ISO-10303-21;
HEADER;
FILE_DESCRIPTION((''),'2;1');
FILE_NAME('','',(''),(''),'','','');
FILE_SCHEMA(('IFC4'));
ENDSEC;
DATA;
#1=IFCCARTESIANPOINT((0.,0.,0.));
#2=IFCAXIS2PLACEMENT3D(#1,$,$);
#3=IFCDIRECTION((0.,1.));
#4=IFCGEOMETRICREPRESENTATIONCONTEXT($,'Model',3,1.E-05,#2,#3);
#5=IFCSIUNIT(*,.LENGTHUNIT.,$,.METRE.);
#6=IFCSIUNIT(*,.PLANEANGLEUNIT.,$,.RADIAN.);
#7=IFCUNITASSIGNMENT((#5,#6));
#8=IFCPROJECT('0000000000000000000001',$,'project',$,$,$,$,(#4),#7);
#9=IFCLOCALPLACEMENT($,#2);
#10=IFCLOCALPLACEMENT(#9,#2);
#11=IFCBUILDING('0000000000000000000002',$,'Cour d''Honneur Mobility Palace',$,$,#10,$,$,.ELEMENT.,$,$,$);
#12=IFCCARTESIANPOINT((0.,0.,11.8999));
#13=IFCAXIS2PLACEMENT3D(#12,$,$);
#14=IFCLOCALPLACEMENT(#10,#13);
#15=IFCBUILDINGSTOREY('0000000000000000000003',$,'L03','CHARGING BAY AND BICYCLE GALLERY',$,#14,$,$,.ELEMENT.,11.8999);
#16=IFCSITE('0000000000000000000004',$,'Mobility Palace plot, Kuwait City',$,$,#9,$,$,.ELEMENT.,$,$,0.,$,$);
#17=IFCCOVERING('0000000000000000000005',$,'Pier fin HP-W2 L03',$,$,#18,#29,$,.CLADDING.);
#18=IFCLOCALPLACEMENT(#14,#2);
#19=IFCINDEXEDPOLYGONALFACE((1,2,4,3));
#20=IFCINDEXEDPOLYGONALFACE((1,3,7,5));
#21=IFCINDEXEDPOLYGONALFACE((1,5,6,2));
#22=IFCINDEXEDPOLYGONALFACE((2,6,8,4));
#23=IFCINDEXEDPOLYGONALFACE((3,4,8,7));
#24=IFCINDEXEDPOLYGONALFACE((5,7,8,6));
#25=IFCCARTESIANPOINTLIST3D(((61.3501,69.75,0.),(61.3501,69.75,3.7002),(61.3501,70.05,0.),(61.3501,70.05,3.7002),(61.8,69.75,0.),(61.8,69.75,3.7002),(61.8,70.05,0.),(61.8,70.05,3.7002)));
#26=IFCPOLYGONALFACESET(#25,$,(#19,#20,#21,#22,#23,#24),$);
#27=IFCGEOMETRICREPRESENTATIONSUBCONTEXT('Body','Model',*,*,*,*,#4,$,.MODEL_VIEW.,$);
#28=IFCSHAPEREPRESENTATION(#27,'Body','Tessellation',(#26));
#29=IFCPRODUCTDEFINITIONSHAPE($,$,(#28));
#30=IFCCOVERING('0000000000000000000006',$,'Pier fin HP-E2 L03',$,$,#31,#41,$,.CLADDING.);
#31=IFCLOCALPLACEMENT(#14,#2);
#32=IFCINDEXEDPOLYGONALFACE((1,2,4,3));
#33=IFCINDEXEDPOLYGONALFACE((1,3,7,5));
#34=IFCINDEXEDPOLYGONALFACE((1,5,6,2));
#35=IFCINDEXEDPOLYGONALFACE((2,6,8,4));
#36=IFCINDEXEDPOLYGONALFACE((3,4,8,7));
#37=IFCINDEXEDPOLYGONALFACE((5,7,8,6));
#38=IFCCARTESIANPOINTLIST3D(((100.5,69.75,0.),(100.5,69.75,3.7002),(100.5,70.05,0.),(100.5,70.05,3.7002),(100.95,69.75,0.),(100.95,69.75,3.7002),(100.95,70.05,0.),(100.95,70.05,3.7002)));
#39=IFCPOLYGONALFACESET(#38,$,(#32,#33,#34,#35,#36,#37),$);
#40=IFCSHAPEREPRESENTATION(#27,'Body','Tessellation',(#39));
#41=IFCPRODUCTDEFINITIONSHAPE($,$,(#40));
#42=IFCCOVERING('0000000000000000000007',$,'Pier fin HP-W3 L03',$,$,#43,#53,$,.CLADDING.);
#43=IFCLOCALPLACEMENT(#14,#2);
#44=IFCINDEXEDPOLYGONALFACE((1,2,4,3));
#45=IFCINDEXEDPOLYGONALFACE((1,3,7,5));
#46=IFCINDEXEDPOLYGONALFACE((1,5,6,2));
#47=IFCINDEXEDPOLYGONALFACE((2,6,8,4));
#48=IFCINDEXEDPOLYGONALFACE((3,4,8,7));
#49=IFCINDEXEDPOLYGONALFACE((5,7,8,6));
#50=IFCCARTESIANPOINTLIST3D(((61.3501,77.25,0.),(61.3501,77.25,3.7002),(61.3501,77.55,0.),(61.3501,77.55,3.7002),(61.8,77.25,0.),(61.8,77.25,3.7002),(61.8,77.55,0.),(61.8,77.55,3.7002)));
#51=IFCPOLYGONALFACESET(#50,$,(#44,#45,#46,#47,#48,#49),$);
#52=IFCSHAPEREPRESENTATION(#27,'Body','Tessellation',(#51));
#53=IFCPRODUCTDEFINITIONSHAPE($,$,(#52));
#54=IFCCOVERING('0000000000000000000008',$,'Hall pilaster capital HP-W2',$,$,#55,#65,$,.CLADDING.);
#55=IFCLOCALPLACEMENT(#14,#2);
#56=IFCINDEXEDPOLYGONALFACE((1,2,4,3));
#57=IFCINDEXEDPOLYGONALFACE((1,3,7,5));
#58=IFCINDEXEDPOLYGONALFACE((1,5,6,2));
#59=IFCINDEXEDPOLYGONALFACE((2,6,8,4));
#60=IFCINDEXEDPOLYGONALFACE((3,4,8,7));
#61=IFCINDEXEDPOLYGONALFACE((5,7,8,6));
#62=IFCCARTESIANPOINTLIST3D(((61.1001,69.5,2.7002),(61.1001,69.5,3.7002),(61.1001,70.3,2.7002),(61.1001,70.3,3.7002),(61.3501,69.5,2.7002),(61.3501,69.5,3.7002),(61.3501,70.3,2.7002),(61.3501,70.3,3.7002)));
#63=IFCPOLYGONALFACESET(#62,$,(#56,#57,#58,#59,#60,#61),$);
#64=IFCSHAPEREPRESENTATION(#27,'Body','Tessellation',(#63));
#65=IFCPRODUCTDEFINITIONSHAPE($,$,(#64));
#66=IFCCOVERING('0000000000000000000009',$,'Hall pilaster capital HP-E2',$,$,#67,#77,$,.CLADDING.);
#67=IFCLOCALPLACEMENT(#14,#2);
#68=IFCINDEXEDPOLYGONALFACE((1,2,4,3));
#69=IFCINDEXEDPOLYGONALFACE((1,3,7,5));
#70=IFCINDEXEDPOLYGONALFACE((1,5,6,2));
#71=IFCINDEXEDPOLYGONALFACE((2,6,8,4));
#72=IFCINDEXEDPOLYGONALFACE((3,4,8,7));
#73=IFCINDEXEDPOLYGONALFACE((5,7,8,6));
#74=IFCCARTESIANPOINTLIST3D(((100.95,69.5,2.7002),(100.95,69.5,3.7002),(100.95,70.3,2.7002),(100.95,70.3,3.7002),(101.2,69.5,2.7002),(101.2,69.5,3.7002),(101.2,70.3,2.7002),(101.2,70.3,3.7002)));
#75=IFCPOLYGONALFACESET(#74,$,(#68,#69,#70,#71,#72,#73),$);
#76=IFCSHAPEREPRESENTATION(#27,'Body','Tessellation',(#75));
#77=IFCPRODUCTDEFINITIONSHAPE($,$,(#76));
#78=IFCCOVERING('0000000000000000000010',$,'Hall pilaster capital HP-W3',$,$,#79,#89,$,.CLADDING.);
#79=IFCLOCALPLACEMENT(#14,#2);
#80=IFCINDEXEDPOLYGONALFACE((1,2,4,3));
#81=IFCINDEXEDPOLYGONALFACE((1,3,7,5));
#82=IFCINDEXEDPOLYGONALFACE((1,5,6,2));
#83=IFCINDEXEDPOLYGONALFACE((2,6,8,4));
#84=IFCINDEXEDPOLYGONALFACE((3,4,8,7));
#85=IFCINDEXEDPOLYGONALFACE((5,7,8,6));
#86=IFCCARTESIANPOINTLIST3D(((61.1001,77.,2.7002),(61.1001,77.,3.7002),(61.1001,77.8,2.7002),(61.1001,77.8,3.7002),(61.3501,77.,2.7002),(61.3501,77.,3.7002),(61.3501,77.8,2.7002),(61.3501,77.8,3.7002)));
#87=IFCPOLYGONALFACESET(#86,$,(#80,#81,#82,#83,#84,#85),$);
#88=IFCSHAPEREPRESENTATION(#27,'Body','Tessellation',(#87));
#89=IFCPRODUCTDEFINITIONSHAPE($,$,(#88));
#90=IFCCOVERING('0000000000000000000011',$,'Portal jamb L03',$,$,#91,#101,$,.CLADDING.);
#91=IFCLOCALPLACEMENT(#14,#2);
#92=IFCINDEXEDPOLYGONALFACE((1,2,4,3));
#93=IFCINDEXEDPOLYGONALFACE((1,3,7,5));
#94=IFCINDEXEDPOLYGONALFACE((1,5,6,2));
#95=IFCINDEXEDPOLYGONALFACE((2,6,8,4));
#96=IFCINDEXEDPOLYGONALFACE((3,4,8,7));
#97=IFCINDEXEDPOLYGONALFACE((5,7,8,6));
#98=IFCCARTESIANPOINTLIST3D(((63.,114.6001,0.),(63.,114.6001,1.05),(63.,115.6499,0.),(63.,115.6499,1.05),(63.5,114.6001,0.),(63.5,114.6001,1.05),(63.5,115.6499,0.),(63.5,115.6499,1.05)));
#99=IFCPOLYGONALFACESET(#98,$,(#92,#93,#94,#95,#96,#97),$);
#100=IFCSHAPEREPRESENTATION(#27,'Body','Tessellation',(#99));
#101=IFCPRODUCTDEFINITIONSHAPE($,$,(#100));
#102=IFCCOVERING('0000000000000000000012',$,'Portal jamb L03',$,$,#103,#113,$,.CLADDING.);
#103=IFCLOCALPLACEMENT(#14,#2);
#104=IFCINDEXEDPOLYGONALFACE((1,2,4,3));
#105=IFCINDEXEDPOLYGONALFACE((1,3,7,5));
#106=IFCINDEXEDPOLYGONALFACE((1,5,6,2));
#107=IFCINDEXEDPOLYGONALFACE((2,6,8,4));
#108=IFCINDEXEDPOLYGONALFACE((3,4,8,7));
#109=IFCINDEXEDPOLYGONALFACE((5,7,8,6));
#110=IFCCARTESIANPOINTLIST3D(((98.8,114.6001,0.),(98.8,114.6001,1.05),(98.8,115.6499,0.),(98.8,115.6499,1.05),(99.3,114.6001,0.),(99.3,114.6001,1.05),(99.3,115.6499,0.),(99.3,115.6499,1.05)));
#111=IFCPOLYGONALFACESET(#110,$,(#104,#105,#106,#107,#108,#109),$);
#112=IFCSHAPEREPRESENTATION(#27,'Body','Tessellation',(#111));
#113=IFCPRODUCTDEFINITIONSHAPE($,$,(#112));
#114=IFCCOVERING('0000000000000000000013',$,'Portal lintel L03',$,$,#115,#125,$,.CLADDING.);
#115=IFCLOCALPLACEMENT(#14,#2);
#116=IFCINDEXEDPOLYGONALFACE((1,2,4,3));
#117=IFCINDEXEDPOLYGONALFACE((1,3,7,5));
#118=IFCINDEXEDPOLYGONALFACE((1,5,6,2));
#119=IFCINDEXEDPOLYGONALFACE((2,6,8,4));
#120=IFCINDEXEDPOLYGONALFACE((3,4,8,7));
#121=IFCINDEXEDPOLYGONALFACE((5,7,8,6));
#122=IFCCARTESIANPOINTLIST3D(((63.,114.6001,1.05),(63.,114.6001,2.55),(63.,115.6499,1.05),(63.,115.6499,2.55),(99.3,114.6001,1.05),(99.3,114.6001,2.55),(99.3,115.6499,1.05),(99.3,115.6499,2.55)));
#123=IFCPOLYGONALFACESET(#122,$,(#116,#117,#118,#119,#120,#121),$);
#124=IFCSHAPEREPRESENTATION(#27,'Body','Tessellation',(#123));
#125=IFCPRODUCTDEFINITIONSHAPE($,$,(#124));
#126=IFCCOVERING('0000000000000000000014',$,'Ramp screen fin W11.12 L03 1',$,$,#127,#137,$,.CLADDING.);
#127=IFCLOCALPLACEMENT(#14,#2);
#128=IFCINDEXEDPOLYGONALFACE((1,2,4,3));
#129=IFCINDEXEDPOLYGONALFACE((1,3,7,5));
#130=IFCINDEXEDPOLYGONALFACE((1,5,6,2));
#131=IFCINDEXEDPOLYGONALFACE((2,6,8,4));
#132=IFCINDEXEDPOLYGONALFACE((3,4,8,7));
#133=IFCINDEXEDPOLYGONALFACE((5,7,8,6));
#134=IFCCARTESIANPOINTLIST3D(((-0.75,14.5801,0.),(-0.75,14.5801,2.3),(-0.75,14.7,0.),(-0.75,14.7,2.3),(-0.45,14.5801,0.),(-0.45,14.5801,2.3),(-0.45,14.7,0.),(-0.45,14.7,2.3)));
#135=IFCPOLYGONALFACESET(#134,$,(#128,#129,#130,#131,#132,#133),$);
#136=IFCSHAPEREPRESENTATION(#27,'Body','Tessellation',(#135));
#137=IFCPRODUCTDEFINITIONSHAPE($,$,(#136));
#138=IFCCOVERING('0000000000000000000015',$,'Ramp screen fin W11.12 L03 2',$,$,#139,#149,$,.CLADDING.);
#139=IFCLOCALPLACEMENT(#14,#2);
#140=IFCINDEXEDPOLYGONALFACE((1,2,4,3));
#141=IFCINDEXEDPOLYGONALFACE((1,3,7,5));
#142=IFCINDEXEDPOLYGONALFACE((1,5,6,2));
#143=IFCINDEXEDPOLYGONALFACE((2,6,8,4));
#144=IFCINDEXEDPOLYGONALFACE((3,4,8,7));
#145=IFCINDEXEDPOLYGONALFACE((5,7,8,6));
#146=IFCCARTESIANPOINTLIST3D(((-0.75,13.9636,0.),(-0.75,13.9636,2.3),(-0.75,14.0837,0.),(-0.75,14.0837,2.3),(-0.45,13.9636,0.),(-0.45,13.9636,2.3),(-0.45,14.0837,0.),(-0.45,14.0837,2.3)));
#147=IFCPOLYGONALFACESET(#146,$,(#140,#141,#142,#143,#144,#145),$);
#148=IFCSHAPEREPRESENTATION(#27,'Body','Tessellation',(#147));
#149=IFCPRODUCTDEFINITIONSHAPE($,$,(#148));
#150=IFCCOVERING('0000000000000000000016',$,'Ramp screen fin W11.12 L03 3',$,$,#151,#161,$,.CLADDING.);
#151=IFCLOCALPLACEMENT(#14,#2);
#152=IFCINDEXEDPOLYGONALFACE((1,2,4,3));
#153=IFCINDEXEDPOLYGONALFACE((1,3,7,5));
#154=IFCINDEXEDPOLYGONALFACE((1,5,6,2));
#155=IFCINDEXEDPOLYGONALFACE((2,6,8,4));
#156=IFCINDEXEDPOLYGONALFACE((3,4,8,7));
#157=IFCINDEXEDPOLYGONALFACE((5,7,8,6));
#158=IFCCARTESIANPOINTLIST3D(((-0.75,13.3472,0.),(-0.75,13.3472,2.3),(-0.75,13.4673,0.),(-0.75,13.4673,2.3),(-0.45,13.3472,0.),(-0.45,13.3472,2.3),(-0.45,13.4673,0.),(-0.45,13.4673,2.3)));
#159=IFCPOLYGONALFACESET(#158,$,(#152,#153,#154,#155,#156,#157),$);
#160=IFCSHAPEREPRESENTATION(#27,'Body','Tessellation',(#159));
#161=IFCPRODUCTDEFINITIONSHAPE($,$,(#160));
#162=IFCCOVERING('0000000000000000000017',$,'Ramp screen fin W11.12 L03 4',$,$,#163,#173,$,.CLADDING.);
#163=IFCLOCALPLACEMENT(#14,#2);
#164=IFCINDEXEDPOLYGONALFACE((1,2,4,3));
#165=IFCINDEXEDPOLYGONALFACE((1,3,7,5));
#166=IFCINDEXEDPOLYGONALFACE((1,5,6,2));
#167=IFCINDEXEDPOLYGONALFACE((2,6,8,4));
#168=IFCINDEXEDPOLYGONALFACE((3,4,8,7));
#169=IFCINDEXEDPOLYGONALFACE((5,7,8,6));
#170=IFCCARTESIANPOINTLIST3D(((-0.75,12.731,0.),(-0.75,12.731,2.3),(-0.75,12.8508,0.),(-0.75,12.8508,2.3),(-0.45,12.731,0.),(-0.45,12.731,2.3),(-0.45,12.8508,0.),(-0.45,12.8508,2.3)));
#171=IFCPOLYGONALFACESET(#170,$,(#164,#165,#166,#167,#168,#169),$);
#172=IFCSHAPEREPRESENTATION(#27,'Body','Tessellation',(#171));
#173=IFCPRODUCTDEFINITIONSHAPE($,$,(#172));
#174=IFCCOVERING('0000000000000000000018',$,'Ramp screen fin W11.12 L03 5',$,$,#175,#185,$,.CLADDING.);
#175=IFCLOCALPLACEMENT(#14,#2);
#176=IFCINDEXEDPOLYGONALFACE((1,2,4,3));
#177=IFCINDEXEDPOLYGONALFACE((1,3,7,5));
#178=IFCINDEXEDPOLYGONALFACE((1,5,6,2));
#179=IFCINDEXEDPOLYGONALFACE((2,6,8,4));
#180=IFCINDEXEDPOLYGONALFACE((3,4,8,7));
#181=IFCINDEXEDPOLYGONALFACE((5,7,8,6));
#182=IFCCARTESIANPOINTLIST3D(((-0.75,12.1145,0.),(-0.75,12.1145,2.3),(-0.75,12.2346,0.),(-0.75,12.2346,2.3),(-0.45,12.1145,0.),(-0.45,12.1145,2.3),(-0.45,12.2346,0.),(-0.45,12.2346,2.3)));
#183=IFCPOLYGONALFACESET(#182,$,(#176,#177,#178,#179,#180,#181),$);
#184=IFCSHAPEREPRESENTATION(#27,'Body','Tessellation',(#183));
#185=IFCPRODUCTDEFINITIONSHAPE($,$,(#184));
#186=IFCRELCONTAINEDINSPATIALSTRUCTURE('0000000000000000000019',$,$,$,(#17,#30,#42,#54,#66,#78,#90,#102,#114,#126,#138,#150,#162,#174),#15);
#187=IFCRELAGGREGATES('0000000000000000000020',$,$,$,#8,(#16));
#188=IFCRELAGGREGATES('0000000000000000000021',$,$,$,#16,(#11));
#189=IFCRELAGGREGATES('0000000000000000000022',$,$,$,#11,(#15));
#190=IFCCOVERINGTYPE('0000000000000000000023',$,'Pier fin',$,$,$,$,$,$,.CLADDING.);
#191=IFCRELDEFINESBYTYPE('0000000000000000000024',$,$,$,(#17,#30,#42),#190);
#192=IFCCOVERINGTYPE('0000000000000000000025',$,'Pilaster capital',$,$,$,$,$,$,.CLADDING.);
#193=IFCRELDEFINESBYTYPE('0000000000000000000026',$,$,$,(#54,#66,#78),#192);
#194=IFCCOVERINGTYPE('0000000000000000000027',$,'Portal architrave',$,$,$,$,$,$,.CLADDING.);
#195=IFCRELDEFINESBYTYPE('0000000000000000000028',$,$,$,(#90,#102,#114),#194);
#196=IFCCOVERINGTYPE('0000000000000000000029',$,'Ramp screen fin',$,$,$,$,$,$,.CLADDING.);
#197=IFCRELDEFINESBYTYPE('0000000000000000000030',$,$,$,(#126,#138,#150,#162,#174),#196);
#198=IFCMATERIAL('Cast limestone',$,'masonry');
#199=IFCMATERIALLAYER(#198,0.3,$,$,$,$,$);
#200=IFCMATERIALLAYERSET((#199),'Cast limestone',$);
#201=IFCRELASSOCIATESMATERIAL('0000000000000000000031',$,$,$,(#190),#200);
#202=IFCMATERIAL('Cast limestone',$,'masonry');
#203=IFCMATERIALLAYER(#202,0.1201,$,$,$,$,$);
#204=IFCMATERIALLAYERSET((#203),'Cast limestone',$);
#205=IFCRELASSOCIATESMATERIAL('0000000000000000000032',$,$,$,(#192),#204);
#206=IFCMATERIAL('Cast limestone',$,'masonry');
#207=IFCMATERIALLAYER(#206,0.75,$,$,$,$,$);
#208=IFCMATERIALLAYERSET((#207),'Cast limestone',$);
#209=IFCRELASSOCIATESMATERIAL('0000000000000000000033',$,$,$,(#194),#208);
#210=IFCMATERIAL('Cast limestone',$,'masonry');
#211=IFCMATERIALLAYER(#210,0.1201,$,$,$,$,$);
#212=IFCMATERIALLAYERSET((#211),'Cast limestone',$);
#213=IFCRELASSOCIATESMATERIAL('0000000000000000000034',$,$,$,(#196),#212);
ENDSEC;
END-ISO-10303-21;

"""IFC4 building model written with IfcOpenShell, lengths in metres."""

from ifc_helpers import new_model, si_unit, direction, frame, origin, place, context, subcontext, project, spatial, polyline, outline, extrude, material, layer, layer_set, type_object, element, save


model = new_model("IFC4")

# Units and contexts
model_context = context("Model", 3, precision=1e-05, world=origin(), true_north=direction((0.0, 1.0)))
body_context = subcontext(model_context, "Body", "Model", "MODEL_VIEW")
ifc_project = project(units=[si_unit("LENGTHUNIT", "METRE"), si_unit("PLANEANGLEUNIT", "RADIAN")], contexts=[model_context])

# Site, building, storey
site_placement = place(None, origin())
site = spatial("IfcSite", under=ifc_project, at=site_placement, Name="Mobility Palace plot, Kuwait City", CompositionType="ELEMENT", RefElevation=0.0)
building_placement = place(site_placement, origin())
building = spatial("IfcBuilding", under=site, at=building_placement, Name="Cour d'Honneur Mobility Palace", CompositionType="ELEMENT")
storey_placement = place(building_placement, frame((0.0, 0.0, 11.8999)))
storey = spatial("IfcBuildingStorey", under=building, at=storey_placement, Name="L03", Description="CHARGING BAY AND BICYCLE GALLERY", CompositionType="ELEMENT", Elevation=11.8999)

# Coverings
ifc_material_1 = material(Name="Cast limestone", Category="masonry")
ifc_layer_1 = layer(ifc_material_1, 0.3)
ifc_layer_set_1 = layer_set([ifc_layer_1], Name="Cast limestone")
covering_type_1 = type_object("IfcCoveringType", Name="Pier fin", PredefinedType="CLADDING", material=ifc_layer_set_1)
covering_1_placement = place(storey_placement, origin())
element("IfcCovering", 1, at=covering_1_placement, inside=storey, type_object=covering_type_1, Name="Pier fin HP-W2 L03", PredefinedType="CLADDING", context=body_context, shape_type="SweptSolid", body=[
    extrude(outline(polyline([(61.3501, 69.75), (61.8, 69.75), (61.8, 70.05), (61.3501, 70.05), (61.3501, 69.75)])), origin(), (0.0, 0.0, 1.0), 3.7002),
])
covering_2_placement = place(storey_placement, origin())
element("IfcCovering", 2, at=covering_2_placement, inside=storey, type_object=covering_type_1, Name="Pier fin HP-E2 L03", PredefinedType="CLADDING", context=body_context, shape_type="SweptSolid", body=[
    extrude(outline(polyline([(100.5, 69.75), (100.95, 69.75), (100.95, 70.05), (100.5, 70.05), (100.5, 69.75)])), origin(), (0.0, 0.0, 1.0), 3.7002),
])
covering_3_placement = place(storey_placement, origin())
element("IfcCovering", 3, at=covering_3_placement, inside=storey, type_object=covering_type_1, Name="Pier fin HP-W3 L03", PredefinedType="CLADDING", context=body_context, shape_type="SweptSolid", body=[
    extrude(outline(polyline([(61.3501, 77.25), (61.8, 77.25), (61.8, 77.55), (61.3501, 77.55), (61.3501, 77.25)])), origin(), (0.0, 0.0, 1.0), 3.7002),
])
ifc_material_2 = material(Name="Cast limestone", Category="masonry")
ifc_layer_2 = layer(ifc_material_2, 0.1201)
ifc_layer_set_2 = layer_set([ifc_layer_2], Name="Cast limestone")
covering_type_2 = type_object("IfcCoveringType", Name="Pilaster capital", PredefinedType="CLADDING", material=ifc_layer_set_2)
covering_4_placement = place(storey_placement, frame((0.0, 0.0, 2.7002)))
element("IfcCovering", 4, at=covering_4_placement, inside=storey, type_object=covering_type_2, Name="Hall pilaster capital HP-W2", PredefinedType="CLADDING", context=body_context, shape_type="SweptSolid", body=[
    extrude(outline(polyline([(61.1001, 69.5), (61.3501, 69.5), (61.3501, 70.3), (61.1001, 70.3), (61.1001, 69.5)])), origin(), (0.0, 0.0, 1.0), 1.0),
])
covering_5_placement = place(storey_placement, frame((0.0, 0.0, 2.7002)))
element("IfcCovering", 5, at=covering_5_placement, inside=storey, type_object=covering_type_2, Name="Hall pilaster capital HP-E2", PredefinedType="CLADDING", context=body_context, shape_type="SweptSolid", body=[
    extrude(outline(polyline([(100.95, 69.5), (101.2, 69.5), (101.2, 70.3), (100.95, 70.3), (100.95, 69.5)])), origin(), (0.0, 0.0, 1.0), 1.0),
])
covering_6_placement = place(storey_placement, frame((0.0, 0.0, 2.7002)))
element("IfcCovering", 6, at=covering_6_placement, inside=storey, type_object=covering_type_2, Name="Hall pilaster capital HP-W3", PredefinedType="CLADDING", context=body_context, shape_type="SweptSolid", body=[
    extrude(outline(polyline([(61.1001, 77.0), (61.3501, 77.0), (61.3501, 77.8), (61.1001, 77.8), (61.1001, 77.0)])), origin(), (0.0, 0.0, 1.0), 1.0),
])
ifc_material_3 = material(Name="Cast limestone", Category="masonry")
ifc_layer_3 = layer(ifc_material_3, 0.75)
ifc_layer_set_3 = layer_set([ifc_layer_3], Name="Cast limestone")
covering_type_3 = type_object("IfcCoveringType", Name="Portal architrave", PredefinedType="CLADDING", material=ifc_layer_set_3)
covering_7_placement = place(storey_placement, origin())
element("IfcCovering", 7, at=covering_7_placement, inside=storey, type_object=covering_type_3, Name="Portal jamb L03", PredefinedType="CLADDING", context=body_context, shape_type="SweptSolid", body=[
    extrude(outline(polyline([(63.0, 114.6001), (63.5, 114.6001), (63.5, 115.6499), (63.0, 115.6499), (63.0, 114.6001)])), origin(), (0.0, 0.0, 1.0), 1.05),
])
covering_8_placement = place(storey_placement, origin())
element("IfcCovering", 8, at=covering_8_placement, inside=storey, type_object=covering_type_3, Name="Portal jamb L03", PredefinedType="CLADDING", context=body_context, shape_type="SweptSolid", body=[
    extrude(outline(polyline([(98.8, 114.6001), (99.3, 114.6001), (99.3, 115.6499), (98.8, 115.6499), (98.8, 114.6001)])), origin(), (0.0, 0.0, 1.0), 1.05),
])
covering_9_placement = place(storey_placement, frame((0.0, 0.0, 1.05)))
element("IfcCovering", 9, at=covering_9_placement, inside=storey, type_object=covering_type_3, Name="Portal lintel L03", PredefinedType="CLADDING", context=body_context, shape_type="SweptSolid", body=[
    extrude(outline(polyline([(63.0, 114.6001), (99.3, 114.6001), (99.3, 115.6499), (63.0, 115.6499), (63.0, 114.6001)])), origin(), (0.0, 0.0, 1.0), 1.5),
])
ifc_material_4 = material(Name="Cast limestone", Category="masonry")
ifc_layer_4 = layer(ifc_material_4, 0.1201)
ifc_layer_set_4 = layer_set([ifc_layer_4], Name="Cast limestone")
covering_type_4 = type_object("IfcCoveringType", Name="Ramp screen fin", PredefinedType="CLADDING", material=ifc_layer_set_4)
covering_10_placement = place(storey_placement, origin())
element("IfcCovering", 10, at=covering_10_placement, inside=storey, type_object=covering_type_4, Name="Ramp screen fin W11.12 L03 1", PredefinedType="CLADDING", context=body_context, shape_type="SweptSolid", body=[
    extrude(outline(polyline([(-0.45, 14.7), (-0.45, 14.5801), (-0.75, 14.5801), (-0.75, 14.7), (-0.45, 14.7)])), origin(), (0.0, 0.0, 1.0), 2.3),
])
covering_11_placement = place(storey_placement, origin())
element("IfcCovering", 11, at=covering_11_placement, inside=storey, type_object=covering_type_4, Name="Ramp screen fin W11.12 L03 2", PredefinedType="CLADDING", context=body_context, shape_type="SweptSolid", body=[
    extrude(outline(polyline([(-0.45, 14.0837), (-0.45, 13.9636), (-0.75, 13.9636), (-0.75, 14.0837), (-0.45, 14.0837)])), origin(), (0.0, 0.0, 1.0), 2.3),
])
covering_12_placement = place(storey_placement, origin())
element("IfcCovering", 12, at=covering_12_placement, inside=storey, type_object=covering_type_4, Name="Ramp screen fin W11.12 L03 3", PredefinedType="CLADDING", context=body_context, shape_type="SweptSolid", body=[
    extrude(outline(polyline([(-0.45, 13.4673), (-0.45, 13.3472), (-0.75, 13.3472), (-0.75, 13.4673), (-0.45, 13.4673)])), origin(), (0.0, 0.0, 1.0), 2.3),
])
covering_13_placement = place(storey_placement, origin())
element("IfcCovering", 13, at=covering_13_placement, inside=storey, type_object=covering_type_4, Name="Ramp screen fin W11.12 L03 4", PredefinedType="CLADDING", context=body_context, shape_type="SweptSolid", body=[
    extrude(outline(polyline([(-0.45, 12.8508), (-0.45, 12.731), (-0.75, 12.731), (-0.75, 12.8508), (-0.45, 12.8508)])), origin(), (0.0, 0.0, 1.0), 2.3),
])
covering_14_placement = place(storey_placement, origin())
element("IfcCovering", 14, at=covering_14_placement, inside=storey, type_object=covering_type_4, Name="Ramp screen fin W11.12 L03 5", PredefinedType="CLADDING", context=body_context, shape_type="SweptSolid", body=[
    extrude(outline(polyline([(-0.45, 12.2346), (-0.45, 12.1145), (-0.75, 12.1145), (-0.75, 12.2346), (-0.45, 12.2346)])), origin(), (0.0, 0.0, 1.0), 2.3),
])

save(model, "model.ifc")
